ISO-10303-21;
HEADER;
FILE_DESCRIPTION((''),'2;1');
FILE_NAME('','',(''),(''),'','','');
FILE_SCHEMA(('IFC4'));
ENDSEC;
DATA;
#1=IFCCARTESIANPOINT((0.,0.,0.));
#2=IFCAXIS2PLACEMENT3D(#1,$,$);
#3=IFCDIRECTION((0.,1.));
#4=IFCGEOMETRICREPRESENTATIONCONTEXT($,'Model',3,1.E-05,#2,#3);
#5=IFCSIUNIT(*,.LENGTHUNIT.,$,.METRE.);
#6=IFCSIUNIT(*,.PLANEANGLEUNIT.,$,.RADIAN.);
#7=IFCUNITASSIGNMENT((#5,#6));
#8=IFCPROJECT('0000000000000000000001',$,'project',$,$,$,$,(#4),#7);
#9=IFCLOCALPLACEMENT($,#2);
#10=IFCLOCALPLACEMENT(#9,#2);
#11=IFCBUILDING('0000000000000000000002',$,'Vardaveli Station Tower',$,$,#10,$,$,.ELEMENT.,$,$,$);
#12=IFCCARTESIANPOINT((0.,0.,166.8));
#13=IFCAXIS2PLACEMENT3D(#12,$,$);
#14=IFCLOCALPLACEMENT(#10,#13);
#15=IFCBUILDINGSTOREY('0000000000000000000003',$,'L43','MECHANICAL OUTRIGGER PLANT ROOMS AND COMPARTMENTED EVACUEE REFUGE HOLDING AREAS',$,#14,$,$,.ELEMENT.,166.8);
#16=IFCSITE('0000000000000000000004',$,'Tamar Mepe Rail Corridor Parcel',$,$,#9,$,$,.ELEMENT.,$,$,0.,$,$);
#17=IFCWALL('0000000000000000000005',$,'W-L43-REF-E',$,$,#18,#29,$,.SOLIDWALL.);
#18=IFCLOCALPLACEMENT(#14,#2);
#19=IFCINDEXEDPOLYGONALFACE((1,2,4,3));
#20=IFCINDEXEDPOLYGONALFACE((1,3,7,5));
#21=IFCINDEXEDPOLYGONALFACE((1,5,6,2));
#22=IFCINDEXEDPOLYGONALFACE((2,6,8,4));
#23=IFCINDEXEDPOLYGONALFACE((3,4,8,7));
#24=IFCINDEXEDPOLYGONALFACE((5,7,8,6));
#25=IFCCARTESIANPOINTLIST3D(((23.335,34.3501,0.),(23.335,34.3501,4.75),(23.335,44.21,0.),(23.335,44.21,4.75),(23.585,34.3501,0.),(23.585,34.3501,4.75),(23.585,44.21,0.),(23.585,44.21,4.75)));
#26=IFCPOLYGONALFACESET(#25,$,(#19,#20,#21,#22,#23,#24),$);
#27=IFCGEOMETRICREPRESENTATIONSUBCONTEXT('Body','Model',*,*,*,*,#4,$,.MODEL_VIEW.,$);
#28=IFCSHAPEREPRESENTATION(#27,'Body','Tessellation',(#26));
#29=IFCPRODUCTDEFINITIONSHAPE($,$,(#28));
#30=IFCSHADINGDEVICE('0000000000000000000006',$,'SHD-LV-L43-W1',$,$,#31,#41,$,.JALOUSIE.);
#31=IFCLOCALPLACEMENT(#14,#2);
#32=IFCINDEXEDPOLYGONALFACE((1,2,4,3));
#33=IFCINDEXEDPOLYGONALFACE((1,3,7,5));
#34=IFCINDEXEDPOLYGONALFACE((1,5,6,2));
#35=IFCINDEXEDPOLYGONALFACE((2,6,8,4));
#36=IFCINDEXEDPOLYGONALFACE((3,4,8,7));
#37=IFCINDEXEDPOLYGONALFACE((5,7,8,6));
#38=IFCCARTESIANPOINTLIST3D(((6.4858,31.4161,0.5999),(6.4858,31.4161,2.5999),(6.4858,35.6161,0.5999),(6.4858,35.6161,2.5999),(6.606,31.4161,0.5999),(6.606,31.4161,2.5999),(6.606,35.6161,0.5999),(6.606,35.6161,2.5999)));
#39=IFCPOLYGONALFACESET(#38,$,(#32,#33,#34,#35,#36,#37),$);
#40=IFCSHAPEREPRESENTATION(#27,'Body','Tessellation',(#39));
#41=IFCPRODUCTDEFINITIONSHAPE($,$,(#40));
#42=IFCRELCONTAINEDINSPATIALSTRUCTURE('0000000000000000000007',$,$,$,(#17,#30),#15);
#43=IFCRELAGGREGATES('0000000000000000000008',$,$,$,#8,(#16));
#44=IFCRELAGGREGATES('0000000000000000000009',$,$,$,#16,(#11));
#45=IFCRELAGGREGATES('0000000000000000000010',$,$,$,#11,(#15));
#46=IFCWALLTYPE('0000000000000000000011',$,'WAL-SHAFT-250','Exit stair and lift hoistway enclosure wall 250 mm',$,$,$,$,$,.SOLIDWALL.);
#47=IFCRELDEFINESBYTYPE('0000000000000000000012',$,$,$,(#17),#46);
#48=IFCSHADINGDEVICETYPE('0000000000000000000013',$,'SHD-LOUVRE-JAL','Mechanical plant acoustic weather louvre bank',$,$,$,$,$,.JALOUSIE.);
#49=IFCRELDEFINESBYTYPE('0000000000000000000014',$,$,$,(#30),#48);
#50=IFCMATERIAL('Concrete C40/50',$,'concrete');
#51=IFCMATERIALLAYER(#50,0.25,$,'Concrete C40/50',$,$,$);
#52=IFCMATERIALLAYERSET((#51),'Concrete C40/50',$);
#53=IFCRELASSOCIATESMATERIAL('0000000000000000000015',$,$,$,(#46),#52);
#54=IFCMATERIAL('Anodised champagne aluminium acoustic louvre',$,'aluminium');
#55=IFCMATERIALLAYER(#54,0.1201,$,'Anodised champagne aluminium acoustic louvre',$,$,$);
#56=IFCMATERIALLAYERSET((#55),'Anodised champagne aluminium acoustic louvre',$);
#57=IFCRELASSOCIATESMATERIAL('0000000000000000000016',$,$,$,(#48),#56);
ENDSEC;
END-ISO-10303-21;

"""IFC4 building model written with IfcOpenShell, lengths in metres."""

from ifc_helpers import new_model, si_unit, direction, frame, frame_2d, origin, origin_2d, place, context, subcontext, project, spatial, rectangle, extrude, source, transform, mapped, material, layer, layer_set, type_object, element, save


model = new_model("IFC4")

# Units and contexts
model_context = context("Model", 3, precision=1e-05, world=origin(), true_north=direction((0.0, 1.0)))
body_context = subcontext(model_context, "Body", "Model", "MODEL_VIEW")
ifc_project = project(units=[si_unit("LENGTHUNIT", "METRE"), si_unit("PLANEANGLEUNIT", "RADIAN")], contexts=[model_context])

# Site, building, storey
site_placement = place(None, origin())
site = spatial("IfcSite", under=ifc_project, at=site_placement, Name="Tamar Mepe Rail Corridor Parcel", CompositionType="ELEMENT", RefElevation=0.0)
building_placement = place(site_placement, origin())
building = spatial("IfcBuilding", under=site, at=building_placement, Name="Vardaveli Station Tower", CompositionType="ELEMENT")
storey_placement = place(building_placement, frame((0.0, 0.0, 166.8)))
storey = spatial("IfcBuildingStorey", under=building, at=storey_placement, Name="L43", Description="MECHANICAL OUTRIGGER PLANT ROOMS AND COMPARTMENTED EVACUEE REFUGE HOLDING AREAS", CompositionType="ELEMENT", Elevation=166.8)

# Shared definitions
ifc_material_1 = material(Name="Concrete C40/50", Category="concrete")
ifc_layer_1 = layer(ifc_material_1, 0.25, Name="Concrete C40/50")
ifc_layer_set_1 = layer_set([ifc_layer_1], Name="Concrete C40/50")
wall_type_1 = type_object("IfcWallType", Name="WAL-SHAFT-250", Description="Exit stair and lift hoistway enclosure wall 250 mm", PredefinedType="SOLIDWALL", material=ifc_layer_set_1)

# Wall
shared_shape_1 = source(origin(), body_context, "Body", "SweptSolid", [
    extrude(rectangle(XDim=9.8599, YDim=0.25, at=frame_2d((4.9299, 0.0))), origin(), (0.0, 0.0, 1.0), 4.75),
])
wall_1_placement = place(storey_placement, frame((23.46, 34.3501, 0.0), z_axis=(0.0, 0.0, 1.0), x_axis=(0.0, 1.0, 0.0)))
element("IfcWall", 1, at=wall_1_placement, inside=storey, type_object=wall_type_1, Name="W-L43-REF-E", PredefinedType="SOLIDWALL", context=body_context, shape_type="MappedRepresentation", body=[
    mapped(shared_shape_1, transform((0.0, 0.0, 0.0), scale=1.0)),
])

# Shading device
ifc_material_2 = material(Name="Anodised champagne aluminium acoustic louvre", Category="aluminium")
ifc_layer_2 = layer(ifc_material_2, 0.1201, Name="Anodised champagne aluminium acoustic louvre")
ifc_layer_set_2 = layer_set([ifc_layer_2], Name="Anodised champagne aluminium acoustic louvre")
shading_device_type = type_object("IfcShadingDeviceType", Name="SHD-LOUVRE-JAL", Description="Mechanical plant acoustic weather louvre bank", PredefinedType="JALOUSIE", material=ifc_layer_set_2)
shared_shape_2 = source(origin(), body_context, "Body", "SweptSolid", [
    extrude(rectangle(XDim=4.2, YDim=0.1201, at=origin_2d()), origin(), (0.0, 0.0, 1.0), 2.0),
])
shading_device_placement = place(storey_placement, frame((6.5459, 33.5161, 0.5999), z_axis=(0.0, 0.0, 1.0), x_axis=(0.0, 1.0, 0.0)))
element("IfcShadingDevice", 2, at=shading_device_placement, inside=storey, type_object=shading_device_type, Name="SHD-LV-L43-W1", PredefinedType="JALOUSIE", context=body_context, shape_type="MappedRepresentation", body=[
    mapped(shared_shape_2, transform((0.0, 0.0, 0.0), scale=1.0)),
])

save(model, "model.ifc")
